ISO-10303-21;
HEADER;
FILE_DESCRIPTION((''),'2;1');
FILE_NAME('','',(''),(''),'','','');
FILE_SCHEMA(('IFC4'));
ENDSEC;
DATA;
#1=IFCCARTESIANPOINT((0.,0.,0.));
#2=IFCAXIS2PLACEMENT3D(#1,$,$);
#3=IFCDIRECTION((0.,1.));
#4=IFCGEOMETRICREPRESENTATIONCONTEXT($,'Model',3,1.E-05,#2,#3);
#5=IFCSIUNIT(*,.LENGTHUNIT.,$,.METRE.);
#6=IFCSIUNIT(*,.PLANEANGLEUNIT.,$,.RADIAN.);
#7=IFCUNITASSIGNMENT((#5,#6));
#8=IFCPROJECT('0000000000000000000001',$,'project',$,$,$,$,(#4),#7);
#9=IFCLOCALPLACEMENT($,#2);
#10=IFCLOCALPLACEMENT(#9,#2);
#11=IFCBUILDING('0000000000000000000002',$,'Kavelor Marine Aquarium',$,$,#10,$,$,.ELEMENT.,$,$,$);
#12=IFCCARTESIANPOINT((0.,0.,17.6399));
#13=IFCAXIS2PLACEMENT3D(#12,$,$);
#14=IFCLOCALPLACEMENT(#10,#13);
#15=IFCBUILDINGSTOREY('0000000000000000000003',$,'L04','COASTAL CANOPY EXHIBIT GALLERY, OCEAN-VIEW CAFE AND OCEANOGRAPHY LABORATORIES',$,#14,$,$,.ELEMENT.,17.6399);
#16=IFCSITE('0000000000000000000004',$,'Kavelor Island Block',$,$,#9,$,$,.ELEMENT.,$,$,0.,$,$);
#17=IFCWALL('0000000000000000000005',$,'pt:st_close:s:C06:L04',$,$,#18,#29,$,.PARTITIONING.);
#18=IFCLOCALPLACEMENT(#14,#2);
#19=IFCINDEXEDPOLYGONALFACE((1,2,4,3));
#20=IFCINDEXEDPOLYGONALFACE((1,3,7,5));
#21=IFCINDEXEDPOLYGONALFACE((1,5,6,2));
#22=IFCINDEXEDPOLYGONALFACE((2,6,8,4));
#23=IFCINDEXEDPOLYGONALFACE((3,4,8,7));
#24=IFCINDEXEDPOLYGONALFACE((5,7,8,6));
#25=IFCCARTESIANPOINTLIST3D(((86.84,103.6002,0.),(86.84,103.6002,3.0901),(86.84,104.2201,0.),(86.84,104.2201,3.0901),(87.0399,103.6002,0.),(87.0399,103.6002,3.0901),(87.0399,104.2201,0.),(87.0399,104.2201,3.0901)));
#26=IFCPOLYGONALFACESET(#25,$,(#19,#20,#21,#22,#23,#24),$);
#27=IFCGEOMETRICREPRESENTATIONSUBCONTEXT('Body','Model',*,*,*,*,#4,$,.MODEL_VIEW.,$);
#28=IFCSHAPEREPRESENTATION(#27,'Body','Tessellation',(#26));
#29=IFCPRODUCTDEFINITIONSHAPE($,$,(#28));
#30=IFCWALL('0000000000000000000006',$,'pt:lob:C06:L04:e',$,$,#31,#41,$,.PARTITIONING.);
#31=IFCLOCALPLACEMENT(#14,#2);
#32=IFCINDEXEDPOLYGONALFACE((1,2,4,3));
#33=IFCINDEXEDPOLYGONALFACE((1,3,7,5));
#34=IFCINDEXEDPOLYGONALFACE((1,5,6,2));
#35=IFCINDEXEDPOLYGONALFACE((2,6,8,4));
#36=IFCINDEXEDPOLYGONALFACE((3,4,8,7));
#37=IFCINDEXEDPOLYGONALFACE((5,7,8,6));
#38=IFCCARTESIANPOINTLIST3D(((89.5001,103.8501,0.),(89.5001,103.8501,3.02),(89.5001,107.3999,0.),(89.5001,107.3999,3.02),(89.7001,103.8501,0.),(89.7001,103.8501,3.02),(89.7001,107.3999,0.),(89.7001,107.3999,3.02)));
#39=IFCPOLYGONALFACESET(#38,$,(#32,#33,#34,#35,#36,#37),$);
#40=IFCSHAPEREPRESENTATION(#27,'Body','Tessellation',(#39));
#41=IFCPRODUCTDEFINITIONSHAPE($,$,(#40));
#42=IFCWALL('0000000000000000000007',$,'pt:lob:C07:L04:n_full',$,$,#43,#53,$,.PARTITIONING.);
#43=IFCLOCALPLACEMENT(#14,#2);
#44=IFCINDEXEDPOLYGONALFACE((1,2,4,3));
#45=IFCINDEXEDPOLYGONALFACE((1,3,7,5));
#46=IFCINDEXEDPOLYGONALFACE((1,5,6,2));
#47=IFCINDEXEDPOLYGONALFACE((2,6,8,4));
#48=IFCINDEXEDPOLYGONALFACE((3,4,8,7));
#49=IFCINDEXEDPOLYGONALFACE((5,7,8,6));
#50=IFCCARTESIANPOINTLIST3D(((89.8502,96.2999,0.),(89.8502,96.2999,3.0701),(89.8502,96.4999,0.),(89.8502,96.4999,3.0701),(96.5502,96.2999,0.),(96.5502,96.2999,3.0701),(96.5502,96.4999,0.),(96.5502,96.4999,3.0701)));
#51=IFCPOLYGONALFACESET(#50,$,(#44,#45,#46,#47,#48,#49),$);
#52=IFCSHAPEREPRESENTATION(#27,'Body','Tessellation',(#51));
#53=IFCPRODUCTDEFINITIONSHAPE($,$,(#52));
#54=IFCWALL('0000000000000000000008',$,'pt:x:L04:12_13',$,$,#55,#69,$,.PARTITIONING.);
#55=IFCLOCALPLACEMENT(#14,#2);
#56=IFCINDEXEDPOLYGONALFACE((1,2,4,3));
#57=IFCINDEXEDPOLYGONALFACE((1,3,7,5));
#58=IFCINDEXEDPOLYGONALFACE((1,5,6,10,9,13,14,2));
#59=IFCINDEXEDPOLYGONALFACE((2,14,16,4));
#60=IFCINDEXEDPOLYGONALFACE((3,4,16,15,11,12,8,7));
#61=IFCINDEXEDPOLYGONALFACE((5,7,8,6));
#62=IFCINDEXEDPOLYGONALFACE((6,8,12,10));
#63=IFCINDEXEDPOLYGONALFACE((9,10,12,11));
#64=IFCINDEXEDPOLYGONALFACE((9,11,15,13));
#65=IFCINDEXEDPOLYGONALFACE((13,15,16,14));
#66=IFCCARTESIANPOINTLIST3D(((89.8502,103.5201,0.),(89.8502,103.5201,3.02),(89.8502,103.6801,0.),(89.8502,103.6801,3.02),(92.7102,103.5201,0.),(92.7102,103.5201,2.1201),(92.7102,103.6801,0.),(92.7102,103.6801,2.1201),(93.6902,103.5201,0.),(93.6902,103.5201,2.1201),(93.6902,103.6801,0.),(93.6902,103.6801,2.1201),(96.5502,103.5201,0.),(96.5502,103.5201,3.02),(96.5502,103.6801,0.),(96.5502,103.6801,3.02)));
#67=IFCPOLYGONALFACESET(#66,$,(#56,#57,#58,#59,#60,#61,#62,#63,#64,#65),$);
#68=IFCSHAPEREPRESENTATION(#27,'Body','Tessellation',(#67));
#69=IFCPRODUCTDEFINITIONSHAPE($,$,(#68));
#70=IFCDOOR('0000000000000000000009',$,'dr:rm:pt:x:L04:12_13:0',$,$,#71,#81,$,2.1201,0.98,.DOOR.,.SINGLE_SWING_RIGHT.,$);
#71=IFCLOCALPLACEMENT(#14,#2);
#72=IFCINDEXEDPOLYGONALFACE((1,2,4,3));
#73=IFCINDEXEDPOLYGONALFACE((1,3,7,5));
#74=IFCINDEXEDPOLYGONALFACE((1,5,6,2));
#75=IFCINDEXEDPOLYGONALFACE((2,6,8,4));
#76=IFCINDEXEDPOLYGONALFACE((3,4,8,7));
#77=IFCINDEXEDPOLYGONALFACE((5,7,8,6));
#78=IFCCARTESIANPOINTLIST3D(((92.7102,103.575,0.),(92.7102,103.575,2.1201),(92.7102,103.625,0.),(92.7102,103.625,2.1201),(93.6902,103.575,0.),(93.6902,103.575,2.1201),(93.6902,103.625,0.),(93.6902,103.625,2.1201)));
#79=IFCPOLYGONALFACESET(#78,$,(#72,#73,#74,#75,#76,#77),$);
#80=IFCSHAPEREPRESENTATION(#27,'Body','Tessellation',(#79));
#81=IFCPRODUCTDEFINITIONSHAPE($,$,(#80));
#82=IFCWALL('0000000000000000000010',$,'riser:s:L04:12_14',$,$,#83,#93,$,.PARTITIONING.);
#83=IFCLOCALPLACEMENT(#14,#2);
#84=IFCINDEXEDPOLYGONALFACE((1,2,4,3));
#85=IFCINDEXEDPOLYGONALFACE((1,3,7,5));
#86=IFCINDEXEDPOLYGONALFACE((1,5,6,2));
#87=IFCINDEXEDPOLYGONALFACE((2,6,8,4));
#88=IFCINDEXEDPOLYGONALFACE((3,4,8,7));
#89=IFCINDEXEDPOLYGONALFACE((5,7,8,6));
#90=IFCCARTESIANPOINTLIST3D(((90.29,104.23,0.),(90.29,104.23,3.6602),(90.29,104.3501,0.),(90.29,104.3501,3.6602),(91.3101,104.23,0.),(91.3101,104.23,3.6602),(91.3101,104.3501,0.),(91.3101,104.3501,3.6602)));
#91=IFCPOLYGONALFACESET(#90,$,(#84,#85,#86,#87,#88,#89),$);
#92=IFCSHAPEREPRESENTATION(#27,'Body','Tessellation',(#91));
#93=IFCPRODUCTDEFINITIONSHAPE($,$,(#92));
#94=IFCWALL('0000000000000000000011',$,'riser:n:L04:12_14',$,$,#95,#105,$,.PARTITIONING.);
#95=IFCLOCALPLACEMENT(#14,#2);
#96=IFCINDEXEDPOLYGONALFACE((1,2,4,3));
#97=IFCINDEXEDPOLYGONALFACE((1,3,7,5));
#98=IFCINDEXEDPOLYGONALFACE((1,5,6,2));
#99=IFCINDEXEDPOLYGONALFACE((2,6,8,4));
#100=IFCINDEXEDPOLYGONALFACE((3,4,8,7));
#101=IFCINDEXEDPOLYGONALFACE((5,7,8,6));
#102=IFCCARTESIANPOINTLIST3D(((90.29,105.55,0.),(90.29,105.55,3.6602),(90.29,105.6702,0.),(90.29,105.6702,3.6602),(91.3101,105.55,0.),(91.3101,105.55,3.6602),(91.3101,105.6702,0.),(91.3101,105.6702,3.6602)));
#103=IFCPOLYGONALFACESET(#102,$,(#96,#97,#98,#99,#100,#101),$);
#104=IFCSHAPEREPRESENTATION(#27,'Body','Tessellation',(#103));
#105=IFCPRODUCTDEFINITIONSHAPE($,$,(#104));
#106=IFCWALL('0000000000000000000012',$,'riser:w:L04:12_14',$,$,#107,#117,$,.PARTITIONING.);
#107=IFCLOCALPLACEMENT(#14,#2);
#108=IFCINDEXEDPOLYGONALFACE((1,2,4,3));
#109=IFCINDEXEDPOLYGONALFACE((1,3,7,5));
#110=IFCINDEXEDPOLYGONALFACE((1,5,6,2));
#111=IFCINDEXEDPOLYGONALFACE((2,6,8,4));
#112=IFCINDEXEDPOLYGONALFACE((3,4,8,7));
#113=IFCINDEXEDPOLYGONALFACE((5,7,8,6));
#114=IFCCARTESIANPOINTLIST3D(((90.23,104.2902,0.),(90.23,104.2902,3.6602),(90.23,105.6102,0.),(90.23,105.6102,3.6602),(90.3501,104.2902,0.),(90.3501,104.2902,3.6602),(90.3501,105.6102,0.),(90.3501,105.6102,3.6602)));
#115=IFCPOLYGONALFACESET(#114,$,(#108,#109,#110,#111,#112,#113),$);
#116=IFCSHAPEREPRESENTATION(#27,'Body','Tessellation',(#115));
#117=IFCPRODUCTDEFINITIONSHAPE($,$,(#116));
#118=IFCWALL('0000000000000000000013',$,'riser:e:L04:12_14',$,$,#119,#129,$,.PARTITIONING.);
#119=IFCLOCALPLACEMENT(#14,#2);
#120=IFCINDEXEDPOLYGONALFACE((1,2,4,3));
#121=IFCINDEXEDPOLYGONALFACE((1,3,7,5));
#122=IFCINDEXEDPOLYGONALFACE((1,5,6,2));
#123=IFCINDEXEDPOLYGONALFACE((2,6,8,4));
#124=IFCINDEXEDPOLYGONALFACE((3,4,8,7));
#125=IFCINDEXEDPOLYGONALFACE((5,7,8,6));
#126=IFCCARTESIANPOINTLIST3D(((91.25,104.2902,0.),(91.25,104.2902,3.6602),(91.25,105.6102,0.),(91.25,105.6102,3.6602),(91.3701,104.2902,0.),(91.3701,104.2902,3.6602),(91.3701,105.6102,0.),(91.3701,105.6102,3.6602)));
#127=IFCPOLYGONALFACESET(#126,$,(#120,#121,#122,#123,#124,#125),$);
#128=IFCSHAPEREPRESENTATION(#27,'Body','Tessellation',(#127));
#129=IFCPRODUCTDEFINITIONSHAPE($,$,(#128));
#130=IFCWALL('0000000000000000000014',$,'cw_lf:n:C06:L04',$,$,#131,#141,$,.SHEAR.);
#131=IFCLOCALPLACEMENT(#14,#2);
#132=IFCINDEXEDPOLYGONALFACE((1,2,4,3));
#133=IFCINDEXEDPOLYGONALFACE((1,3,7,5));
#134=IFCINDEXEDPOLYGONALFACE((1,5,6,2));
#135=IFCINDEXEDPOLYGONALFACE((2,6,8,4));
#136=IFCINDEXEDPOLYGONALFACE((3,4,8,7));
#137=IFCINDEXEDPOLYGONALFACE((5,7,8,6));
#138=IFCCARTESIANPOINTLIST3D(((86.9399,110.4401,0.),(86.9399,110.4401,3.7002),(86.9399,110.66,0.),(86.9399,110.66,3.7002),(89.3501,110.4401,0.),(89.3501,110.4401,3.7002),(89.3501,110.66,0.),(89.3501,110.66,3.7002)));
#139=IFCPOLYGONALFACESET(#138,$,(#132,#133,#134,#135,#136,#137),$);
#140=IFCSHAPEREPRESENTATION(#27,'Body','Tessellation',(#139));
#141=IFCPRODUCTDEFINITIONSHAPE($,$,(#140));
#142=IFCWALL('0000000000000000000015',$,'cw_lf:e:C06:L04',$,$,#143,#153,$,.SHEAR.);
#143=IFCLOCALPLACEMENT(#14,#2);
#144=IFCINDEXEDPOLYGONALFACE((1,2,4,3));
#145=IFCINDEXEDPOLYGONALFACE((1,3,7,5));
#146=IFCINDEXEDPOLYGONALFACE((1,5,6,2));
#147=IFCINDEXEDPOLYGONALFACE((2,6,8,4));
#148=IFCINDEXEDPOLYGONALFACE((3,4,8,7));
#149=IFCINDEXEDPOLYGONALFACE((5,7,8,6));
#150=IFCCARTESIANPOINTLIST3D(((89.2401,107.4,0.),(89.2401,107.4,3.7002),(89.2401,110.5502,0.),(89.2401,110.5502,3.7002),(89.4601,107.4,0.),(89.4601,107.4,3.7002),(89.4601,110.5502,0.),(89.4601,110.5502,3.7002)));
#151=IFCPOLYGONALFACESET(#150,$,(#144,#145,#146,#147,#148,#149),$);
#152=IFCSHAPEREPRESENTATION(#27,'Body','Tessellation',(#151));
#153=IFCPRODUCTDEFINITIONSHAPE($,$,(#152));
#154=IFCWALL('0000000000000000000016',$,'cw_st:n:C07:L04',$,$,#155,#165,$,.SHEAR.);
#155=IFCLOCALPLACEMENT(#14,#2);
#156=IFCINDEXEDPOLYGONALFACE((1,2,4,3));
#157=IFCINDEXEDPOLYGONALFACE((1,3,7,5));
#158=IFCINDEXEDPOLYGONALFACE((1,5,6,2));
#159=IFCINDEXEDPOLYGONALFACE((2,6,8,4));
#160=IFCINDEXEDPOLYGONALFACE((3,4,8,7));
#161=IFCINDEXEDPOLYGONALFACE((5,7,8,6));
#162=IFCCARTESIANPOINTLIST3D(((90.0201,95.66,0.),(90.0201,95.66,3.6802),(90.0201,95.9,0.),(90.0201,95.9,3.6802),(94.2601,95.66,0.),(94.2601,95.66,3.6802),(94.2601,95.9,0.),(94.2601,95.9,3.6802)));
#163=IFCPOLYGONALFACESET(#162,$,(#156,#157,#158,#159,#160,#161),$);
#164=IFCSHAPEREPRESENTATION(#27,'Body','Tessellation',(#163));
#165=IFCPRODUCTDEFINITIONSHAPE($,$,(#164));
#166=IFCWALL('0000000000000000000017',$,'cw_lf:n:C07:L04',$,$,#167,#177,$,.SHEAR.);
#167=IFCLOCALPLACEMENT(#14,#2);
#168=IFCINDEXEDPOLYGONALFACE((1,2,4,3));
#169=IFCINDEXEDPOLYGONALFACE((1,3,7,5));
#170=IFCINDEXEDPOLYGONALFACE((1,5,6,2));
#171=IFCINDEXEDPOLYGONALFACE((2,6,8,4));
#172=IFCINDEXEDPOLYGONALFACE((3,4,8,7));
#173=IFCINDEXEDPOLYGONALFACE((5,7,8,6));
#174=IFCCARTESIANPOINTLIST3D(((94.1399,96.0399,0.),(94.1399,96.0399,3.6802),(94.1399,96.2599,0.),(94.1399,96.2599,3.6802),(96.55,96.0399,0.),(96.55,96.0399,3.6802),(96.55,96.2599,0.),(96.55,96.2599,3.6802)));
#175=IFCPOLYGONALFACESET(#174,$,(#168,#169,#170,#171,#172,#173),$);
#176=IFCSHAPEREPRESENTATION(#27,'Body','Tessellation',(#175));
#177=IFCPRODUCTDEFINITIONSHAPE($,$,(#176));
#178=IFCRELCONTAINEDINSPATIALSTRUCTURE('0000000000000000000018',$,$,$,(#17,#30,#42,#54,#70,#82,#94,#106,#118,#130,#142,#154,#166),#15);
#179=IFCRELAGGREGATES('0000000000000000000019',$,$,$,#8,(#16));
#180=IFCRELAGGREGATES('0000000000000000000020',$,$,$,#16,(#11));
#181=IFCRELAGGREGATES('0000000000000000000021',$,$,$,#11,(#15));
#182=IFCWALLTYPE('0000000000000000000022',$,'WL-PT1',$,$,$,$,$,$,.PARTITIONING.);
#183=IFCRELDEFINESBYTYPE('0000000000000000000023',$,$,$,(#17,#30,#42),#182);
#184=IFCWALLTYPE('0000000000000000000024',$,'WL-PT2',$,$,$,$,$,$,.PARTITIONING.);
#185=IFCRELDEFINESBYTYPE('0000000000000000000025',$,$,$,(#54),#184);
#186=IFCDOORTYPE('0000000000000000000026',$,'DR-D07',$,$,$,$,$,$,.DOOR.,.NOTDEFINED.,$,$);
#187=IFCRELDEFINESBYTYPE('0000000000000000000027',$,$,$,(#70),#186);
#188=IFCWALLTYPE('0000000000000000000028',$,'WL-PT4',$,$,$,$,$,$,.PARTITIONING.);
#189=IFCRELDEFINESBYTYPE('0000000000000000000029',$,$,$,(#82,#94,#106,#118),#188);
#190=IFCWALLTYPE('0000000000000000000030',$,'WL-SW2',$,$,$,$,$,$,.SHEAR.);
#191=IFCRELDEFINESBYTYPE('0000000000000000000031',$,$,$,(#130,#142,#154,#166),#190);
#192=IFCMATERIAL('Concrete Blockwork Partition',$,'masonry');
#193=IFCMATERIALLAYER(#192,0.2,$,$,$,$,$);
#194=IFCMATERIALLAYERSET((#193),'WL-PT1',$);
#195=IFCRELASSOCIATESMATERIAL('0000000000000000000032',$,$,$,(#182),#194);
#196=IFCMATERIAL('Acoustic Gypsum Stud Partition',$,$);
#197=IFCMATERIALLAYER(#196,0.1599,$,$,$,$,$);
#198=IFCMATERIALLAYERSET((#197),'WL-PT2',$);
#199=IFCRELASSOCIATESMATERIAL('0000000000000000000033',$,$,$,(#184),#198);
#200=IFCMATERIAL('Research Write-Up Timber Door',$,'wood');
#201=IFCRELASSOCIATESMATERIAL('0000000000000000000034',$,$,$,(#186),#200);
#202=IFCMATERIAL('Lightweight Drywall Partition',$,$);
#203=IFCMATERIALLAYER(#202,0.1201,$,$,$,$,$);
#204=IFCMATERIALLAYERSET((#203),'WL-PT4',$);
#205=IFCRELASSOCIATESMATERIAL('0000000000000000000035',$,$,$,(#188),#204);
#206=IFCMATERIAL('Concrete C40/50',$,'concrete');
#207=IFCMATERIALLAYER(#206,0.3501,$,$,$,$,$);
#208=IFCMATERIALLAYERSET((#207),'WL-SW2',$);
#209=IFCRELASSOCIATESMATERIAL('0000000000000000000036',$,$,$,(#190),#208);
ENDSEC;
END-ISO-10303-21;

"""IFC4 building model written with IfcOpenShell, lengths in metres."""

from ifc_helpers import new_model, si_unit, direction, frame, frame_2d, origin, place, context, subcontext, project, spatial, rectangle, extrude, material, layer, layer_set, type_object, element, fill, save


model = new_model("IFC4")

# Units and contexts
model_context = context("Model", 3, precision=1e-05, world=origin(), true_north=direction((0.0, 1.0)))
body_context = subcontext(model_context, "Body", "Model", "MODEL_VIEW")
ifc_project = project(units=[si_unit("LENGTHUNIT", "METRE"), si_unit("PLANEANGLEUNIT", "RADIAN")], contexts=[model_context])

# Site, building, storey
site_placement = place(None, origin())
site = spatial("IfcSite", under=ifc_project, at=site_placement, Name="Kavelor Island Block", CompositionType="ELEMENT", RefElevation=0.0)
building_placement = place(site_placement, origin())
building = spatial("IfcBuilding", under=site, at=building_placement, Name="Kavelor Marine Aquarium", CompositionType="ELEMENT")
storey_placement = place(building_placement, frame((0.0, 0.0, 17.6399)))
storey = spatial("IfcBuildingStorey", under=building, at=storey_placement, Name="L04", Description="COASTAL CANOPY EXHIBIT GALLERY, OCEAN-VIEW CAFE AND OCEANOGRAPHY LABORATORIES", CompositionType="ELEMENT", Elevation=17.6399)

# Walls
ifc_material_1 = material(Name="Concrete Blockwork Partition", Category="masonry")
ifc_layer_1 = layer(ifc_material_1, 0.2)
ifc_layer_set_1 = layer_set([ifc_layer_1], Name="WL-PT1")
wall_type_1 = type_object("IfcWallType", Name="WL-PT1", PredefinedType="PARTITIONING", material=ifc_layer_set_1)
wall_1_placement = place(storey_placement, frame((86.9399, 103.6001, 0.0), z_axis=(0.0, 0.0, 1.0), x_axis=(0.0, 1.0, 0.0)))
element("IfcWall", 1, at=wall_1_placement, inside=storey, type_object=wall_type_1, Name="pt:st_close:s:C06:L04", PredefinedType="PARTITIONING", context=body_context, shape_type="SweptSolid", body=[
    extrude(rectangle(XDim=0.6199, YDim=0.2, at=frame_2d((0.3101, 0.0))), origin(), (0.0, 0.0, 1.0), 3.0901),
])
wall_2_placement = place(storey_placement, frame((89.6001, 103.8501, 0.0), z_axis=(0.0, 0.0, 1.0), x_axis=(0.0, 1.0, 0.0)))
element("IfcWall", 2, at=wall_2_placement, inside=storey, type_object=wall_type_1, Name="pt:lob:C06:L04:e", PredefinedType="PARTITIONING", context=body_context, shape_type="SweptSolid", body=[
    extrude(rectangle(XDim=3.5498, YDim=0.2, at=frame_2d((1.7749, 0.0))), origin(), (0.0, 0.0, 1.0), 3.02),
])

# Wall
wall_3_placement = place(storey_placement, frame((89.8501, 96.3999, 0.0), z_axis=(0.0, 0.0, 1.0), x_axis=(1.0, 0.0, 0.0)))
element("IfcWall", 3, at=wall_3_placement, inside=storey, type_object=wall_type_1, Name="pt:lob:C07:L04:n_full", PredefinedType="PARTITIONING", context=body_context, shape_type="SweptSolid", body=[
    extrude(rectangle(XDim=6.7, YDim=0.2, at=frame_2d((3.3501, 0.0))), origin(), (0.0, 0.0, 1.0), 3.0701),
])

# Wall, opening, door
ifc_material_2 = material(Name="Acoustic Gypsum Stud Partition")
ifc_layer_2 = layer(ifc_material_2, 0.1599)
ifc_layer_set_2 = layer_set([ifc_layer_2], Name="WL-PT2")
wall_type_2 = type_object("IfcWallType", Name="WL-PT2", PredefinedType="PARTITIONING", material=ifc_layer_set_2)
wall_4_placement = place(storey_placement, frame((89.8501, 103.6001, 0.0), z_axis=(0.0, 0.0, 1.0), x_axis=(1.0, 0.0, 0.0)))
wall_4 = element("IfcWall", 4, at=wall_4_placement, inside=storey, type_object=wall_type_2, Name="pt:x:L04:12_13", PredefinedType="PARTITIONING", context=body_context, shape_type="SweptSolid", body=[
    extrude(rectangle(XDim=6.7, YDim=0.1599, at=frame_2d((3.3501, 0.0))), origin(), (0.0, 0.0, 1.0), 3.02),
])
opening_1_placement = place(wall_4_placement, frame((2.8601, 0.0, 0.0)))
opening_1 = element("IfcOpeningElement", 5, at=opening_1_placement, cuts=wall_4, PredefinedType="OPENING", context=body_context, shape_type="SweptSolid", body=[
    extrude(rectangle(XDim=0.98, YDim=2.1201, at=frame_2d((0.49, 1.0601))), frame((0.0, 0.0898, 0.0), z_axis=(0.0, -1.0, 0.0), x_axis=(1.0, 0.0, 0.0)), (0.0, 0.0, 1.0), 0.1799),
])
ifc_material_3 = material(Name="Research Write-Up Timber Door", Category="wood")
door_type_1 = type_object("IfcDoorType", Name="DR-D07", OperationType="NOTDEFINED", PredefinedType="DOOR", material=ifc_material_3)
door_1_placement = place(opening_1_placement, origin())
door_1 = element("IfcDoor", 6, at=door_1_placement, inside=storey, type_object=door_type_1, Name="dr:rm:pt:x:L04:12_13:0", OperationType="SINGLE_SWING_RIGHT", OverallHeight=2.1201, OverallWidth=0.98, PredefinedType="DOOR", context=body_context, shape_type="SweptSolid", body=[
    extrude(rectangle(XDim=0.98, YDim=2.1201, at=frame_2d((0.49, 1.0601))), frame((0.0, 0.0249, 0.0), z_axis=(0.0, -1.0, 0.0), x_axis=(1.0, 0.0, 0.0)), (0.0, 0.0, 1.0), 0.05),
])
fill(opening_1, door_1)

# Walls
ifc_material_4 = material(Name="Lightweight Drywall Partition")
ifc_layer_3 = layer(ifc_material_4, 0.1201)
ifc_layer_set_3 = layer_set([ifc_layer_3], Name="WL-PT4")
wall_type_3 = type_object("IfcWallType", Name="WL-PT4", PredefinedType="PARTITIONING", material=ifc_layer_set_3)
for number, where, z_axis, x_axis, name in (
    (7, (90.29, 104.29, 0.0), (0.0, 0.0, 1.0), (1.0, 0.0, 0.0), "riser:s:L04:12_14"),
    (8, (90.29, 105.6101, 0.0), (0.0, 0.0, 1.0), (1.0, 0.0, 0.0), "riser:n:L04:12_14"),
):
    element("IfcWall", number, at=place(storey_placement, frame(where, z_axis=z_axis, x_axis=x_axis)), inside=storey, type_object=wall_type_3, Name=name, PredefinedType="PARTITIONING", context=body_context, shape_type="SweptSolid", body=[
        extrude(rectangle(XDim=1.02, YDim=0.1201, at=frame_2d((0.51, 0.0))), origin(), (0.0, 0.0, 1.0), 3.6602),
    ])
for number, where, z_axis, x_axis, name in (
    (9, (90.29, 104.29, 0.0), (0.0, 0.0, 1.0), (0.0, 1.0, 0.0), "riser:w:L04:12_14"),
    (10, (91.3101, 104.29, 0.0), (0.0, 0.0, 1.0), (0.0, 1.0, 0.0), "riser:e:L04:12_14"),
):
    element("IfcWall", number, at=place(storey_placement, frame(where, z_axis=z_axis, x_axis=x_axis)), inside=storey, type_object=wall_type_3, Name=name, PredefinedType="PARTITIONING", context=body_context, shape_type="SweptSolid", body=[
        extrude(rectangle(XDim=1.3201, YDim=0.1201, at=frame_2d((0.6602, 0.0))), origin(), (0.0, 0.0, 1.0), 3.6602),
    ])

# Shared definitions
ifc_material_5 = material(Name="Concrete C40/50", Category="concrete")
ifc_layer_4 = layer(ifc_material_5, 0.3501)
ifc_layer_set_4 = layer_set([ifc_layer_4], Name="WL-SW2")
wall_type_4 = type_object("IfcWallType", Name="WL-SW2", PredefinedType="SHEAR", material=ifc_layer_set_4)

# Walls
wall_5_placement = place(storey_placement, frame((86.9399, 110.55, 0.0), z_axis=(0.0, 0.0, 1.0), x_axis=(1.0, 0.0, 0.0)))
element("IfcWall", 11, at=wall_5_placement, inside=storey, type_object=wall_type_4, Name="cw_lf:n:C06:L04", PredefinedType="SHEAR", context=body_context, shape_type="SweptSolid", body=[
    extrude(rectangle(XDim=2.4102, YDim=0.22, at=frame_2d((1.2051, 0.0))), origin(), (0.0, 0.0, 1.0), 3.7002),
])
wall_6_placement = place(storey_placement, frame((89.3501, 107.3999, 0.0), z_axis=(0.0, 0.0, 1.0), x_axis=(0.0, 1.0, 0.0)))
element("IfcWall", 12, at=wall_6_placement, inside=storey, type_object=wall_type_4, Name="cw_lf:e:C06:L04", PredefinedType="SHEAR", context=body_context, shape_type="SweptSolid", body=[
    extrude(rectangle(XDim=3.1501, YDim=0.22, at=frame_2d((1.5752, 0.0))), origin(), (0.0, 0.0, 1.0), 3.7002),
])
wall_7_placement = place(storey_placement, frame((90.02, 95.78, 0.0), z_axis=(0.0, 0.0, 1.0), x_axis=(1.0, 0.0, 0.0)))
element("IfcWall", 13, at=wall_7_placement, inside=storey, type_object=wall_type_4, Name="cw_st:n:C07:L04", PredefinedType="SHEAR", context=body_context, shape_type="SweptSolid", body=[
    extrude(rectangle(XDim=4.24, YDim=0.24, at=frame_2d((2.1201, 0.0))), origin(), (0.0, 0.0, 1.0), 3.6802),
])
wall_8_placement = place(storey_placement, frame((94.1399, 96.1499, 0.0), z_axis=(0.0, 0.0, 1.0), x_axis=(1.0, 0.0, 0.0)))
element("IfcWall", 14, at=wall_8_placement, inside=storey, type_object=wall_type_4, Name="cw_lf:n:C07:L04", PredefinedType="SHEAR", context=body_context, shape_type="SweptSolid", body=[
    extrude(rectangle(XDim=2.4102, YDim=0.22, at=frame_2d((1.2051, 0.0))), origin(), (0.0, 0.0, 1.0), 3.6802),
])

save(model, "model.ifc")
